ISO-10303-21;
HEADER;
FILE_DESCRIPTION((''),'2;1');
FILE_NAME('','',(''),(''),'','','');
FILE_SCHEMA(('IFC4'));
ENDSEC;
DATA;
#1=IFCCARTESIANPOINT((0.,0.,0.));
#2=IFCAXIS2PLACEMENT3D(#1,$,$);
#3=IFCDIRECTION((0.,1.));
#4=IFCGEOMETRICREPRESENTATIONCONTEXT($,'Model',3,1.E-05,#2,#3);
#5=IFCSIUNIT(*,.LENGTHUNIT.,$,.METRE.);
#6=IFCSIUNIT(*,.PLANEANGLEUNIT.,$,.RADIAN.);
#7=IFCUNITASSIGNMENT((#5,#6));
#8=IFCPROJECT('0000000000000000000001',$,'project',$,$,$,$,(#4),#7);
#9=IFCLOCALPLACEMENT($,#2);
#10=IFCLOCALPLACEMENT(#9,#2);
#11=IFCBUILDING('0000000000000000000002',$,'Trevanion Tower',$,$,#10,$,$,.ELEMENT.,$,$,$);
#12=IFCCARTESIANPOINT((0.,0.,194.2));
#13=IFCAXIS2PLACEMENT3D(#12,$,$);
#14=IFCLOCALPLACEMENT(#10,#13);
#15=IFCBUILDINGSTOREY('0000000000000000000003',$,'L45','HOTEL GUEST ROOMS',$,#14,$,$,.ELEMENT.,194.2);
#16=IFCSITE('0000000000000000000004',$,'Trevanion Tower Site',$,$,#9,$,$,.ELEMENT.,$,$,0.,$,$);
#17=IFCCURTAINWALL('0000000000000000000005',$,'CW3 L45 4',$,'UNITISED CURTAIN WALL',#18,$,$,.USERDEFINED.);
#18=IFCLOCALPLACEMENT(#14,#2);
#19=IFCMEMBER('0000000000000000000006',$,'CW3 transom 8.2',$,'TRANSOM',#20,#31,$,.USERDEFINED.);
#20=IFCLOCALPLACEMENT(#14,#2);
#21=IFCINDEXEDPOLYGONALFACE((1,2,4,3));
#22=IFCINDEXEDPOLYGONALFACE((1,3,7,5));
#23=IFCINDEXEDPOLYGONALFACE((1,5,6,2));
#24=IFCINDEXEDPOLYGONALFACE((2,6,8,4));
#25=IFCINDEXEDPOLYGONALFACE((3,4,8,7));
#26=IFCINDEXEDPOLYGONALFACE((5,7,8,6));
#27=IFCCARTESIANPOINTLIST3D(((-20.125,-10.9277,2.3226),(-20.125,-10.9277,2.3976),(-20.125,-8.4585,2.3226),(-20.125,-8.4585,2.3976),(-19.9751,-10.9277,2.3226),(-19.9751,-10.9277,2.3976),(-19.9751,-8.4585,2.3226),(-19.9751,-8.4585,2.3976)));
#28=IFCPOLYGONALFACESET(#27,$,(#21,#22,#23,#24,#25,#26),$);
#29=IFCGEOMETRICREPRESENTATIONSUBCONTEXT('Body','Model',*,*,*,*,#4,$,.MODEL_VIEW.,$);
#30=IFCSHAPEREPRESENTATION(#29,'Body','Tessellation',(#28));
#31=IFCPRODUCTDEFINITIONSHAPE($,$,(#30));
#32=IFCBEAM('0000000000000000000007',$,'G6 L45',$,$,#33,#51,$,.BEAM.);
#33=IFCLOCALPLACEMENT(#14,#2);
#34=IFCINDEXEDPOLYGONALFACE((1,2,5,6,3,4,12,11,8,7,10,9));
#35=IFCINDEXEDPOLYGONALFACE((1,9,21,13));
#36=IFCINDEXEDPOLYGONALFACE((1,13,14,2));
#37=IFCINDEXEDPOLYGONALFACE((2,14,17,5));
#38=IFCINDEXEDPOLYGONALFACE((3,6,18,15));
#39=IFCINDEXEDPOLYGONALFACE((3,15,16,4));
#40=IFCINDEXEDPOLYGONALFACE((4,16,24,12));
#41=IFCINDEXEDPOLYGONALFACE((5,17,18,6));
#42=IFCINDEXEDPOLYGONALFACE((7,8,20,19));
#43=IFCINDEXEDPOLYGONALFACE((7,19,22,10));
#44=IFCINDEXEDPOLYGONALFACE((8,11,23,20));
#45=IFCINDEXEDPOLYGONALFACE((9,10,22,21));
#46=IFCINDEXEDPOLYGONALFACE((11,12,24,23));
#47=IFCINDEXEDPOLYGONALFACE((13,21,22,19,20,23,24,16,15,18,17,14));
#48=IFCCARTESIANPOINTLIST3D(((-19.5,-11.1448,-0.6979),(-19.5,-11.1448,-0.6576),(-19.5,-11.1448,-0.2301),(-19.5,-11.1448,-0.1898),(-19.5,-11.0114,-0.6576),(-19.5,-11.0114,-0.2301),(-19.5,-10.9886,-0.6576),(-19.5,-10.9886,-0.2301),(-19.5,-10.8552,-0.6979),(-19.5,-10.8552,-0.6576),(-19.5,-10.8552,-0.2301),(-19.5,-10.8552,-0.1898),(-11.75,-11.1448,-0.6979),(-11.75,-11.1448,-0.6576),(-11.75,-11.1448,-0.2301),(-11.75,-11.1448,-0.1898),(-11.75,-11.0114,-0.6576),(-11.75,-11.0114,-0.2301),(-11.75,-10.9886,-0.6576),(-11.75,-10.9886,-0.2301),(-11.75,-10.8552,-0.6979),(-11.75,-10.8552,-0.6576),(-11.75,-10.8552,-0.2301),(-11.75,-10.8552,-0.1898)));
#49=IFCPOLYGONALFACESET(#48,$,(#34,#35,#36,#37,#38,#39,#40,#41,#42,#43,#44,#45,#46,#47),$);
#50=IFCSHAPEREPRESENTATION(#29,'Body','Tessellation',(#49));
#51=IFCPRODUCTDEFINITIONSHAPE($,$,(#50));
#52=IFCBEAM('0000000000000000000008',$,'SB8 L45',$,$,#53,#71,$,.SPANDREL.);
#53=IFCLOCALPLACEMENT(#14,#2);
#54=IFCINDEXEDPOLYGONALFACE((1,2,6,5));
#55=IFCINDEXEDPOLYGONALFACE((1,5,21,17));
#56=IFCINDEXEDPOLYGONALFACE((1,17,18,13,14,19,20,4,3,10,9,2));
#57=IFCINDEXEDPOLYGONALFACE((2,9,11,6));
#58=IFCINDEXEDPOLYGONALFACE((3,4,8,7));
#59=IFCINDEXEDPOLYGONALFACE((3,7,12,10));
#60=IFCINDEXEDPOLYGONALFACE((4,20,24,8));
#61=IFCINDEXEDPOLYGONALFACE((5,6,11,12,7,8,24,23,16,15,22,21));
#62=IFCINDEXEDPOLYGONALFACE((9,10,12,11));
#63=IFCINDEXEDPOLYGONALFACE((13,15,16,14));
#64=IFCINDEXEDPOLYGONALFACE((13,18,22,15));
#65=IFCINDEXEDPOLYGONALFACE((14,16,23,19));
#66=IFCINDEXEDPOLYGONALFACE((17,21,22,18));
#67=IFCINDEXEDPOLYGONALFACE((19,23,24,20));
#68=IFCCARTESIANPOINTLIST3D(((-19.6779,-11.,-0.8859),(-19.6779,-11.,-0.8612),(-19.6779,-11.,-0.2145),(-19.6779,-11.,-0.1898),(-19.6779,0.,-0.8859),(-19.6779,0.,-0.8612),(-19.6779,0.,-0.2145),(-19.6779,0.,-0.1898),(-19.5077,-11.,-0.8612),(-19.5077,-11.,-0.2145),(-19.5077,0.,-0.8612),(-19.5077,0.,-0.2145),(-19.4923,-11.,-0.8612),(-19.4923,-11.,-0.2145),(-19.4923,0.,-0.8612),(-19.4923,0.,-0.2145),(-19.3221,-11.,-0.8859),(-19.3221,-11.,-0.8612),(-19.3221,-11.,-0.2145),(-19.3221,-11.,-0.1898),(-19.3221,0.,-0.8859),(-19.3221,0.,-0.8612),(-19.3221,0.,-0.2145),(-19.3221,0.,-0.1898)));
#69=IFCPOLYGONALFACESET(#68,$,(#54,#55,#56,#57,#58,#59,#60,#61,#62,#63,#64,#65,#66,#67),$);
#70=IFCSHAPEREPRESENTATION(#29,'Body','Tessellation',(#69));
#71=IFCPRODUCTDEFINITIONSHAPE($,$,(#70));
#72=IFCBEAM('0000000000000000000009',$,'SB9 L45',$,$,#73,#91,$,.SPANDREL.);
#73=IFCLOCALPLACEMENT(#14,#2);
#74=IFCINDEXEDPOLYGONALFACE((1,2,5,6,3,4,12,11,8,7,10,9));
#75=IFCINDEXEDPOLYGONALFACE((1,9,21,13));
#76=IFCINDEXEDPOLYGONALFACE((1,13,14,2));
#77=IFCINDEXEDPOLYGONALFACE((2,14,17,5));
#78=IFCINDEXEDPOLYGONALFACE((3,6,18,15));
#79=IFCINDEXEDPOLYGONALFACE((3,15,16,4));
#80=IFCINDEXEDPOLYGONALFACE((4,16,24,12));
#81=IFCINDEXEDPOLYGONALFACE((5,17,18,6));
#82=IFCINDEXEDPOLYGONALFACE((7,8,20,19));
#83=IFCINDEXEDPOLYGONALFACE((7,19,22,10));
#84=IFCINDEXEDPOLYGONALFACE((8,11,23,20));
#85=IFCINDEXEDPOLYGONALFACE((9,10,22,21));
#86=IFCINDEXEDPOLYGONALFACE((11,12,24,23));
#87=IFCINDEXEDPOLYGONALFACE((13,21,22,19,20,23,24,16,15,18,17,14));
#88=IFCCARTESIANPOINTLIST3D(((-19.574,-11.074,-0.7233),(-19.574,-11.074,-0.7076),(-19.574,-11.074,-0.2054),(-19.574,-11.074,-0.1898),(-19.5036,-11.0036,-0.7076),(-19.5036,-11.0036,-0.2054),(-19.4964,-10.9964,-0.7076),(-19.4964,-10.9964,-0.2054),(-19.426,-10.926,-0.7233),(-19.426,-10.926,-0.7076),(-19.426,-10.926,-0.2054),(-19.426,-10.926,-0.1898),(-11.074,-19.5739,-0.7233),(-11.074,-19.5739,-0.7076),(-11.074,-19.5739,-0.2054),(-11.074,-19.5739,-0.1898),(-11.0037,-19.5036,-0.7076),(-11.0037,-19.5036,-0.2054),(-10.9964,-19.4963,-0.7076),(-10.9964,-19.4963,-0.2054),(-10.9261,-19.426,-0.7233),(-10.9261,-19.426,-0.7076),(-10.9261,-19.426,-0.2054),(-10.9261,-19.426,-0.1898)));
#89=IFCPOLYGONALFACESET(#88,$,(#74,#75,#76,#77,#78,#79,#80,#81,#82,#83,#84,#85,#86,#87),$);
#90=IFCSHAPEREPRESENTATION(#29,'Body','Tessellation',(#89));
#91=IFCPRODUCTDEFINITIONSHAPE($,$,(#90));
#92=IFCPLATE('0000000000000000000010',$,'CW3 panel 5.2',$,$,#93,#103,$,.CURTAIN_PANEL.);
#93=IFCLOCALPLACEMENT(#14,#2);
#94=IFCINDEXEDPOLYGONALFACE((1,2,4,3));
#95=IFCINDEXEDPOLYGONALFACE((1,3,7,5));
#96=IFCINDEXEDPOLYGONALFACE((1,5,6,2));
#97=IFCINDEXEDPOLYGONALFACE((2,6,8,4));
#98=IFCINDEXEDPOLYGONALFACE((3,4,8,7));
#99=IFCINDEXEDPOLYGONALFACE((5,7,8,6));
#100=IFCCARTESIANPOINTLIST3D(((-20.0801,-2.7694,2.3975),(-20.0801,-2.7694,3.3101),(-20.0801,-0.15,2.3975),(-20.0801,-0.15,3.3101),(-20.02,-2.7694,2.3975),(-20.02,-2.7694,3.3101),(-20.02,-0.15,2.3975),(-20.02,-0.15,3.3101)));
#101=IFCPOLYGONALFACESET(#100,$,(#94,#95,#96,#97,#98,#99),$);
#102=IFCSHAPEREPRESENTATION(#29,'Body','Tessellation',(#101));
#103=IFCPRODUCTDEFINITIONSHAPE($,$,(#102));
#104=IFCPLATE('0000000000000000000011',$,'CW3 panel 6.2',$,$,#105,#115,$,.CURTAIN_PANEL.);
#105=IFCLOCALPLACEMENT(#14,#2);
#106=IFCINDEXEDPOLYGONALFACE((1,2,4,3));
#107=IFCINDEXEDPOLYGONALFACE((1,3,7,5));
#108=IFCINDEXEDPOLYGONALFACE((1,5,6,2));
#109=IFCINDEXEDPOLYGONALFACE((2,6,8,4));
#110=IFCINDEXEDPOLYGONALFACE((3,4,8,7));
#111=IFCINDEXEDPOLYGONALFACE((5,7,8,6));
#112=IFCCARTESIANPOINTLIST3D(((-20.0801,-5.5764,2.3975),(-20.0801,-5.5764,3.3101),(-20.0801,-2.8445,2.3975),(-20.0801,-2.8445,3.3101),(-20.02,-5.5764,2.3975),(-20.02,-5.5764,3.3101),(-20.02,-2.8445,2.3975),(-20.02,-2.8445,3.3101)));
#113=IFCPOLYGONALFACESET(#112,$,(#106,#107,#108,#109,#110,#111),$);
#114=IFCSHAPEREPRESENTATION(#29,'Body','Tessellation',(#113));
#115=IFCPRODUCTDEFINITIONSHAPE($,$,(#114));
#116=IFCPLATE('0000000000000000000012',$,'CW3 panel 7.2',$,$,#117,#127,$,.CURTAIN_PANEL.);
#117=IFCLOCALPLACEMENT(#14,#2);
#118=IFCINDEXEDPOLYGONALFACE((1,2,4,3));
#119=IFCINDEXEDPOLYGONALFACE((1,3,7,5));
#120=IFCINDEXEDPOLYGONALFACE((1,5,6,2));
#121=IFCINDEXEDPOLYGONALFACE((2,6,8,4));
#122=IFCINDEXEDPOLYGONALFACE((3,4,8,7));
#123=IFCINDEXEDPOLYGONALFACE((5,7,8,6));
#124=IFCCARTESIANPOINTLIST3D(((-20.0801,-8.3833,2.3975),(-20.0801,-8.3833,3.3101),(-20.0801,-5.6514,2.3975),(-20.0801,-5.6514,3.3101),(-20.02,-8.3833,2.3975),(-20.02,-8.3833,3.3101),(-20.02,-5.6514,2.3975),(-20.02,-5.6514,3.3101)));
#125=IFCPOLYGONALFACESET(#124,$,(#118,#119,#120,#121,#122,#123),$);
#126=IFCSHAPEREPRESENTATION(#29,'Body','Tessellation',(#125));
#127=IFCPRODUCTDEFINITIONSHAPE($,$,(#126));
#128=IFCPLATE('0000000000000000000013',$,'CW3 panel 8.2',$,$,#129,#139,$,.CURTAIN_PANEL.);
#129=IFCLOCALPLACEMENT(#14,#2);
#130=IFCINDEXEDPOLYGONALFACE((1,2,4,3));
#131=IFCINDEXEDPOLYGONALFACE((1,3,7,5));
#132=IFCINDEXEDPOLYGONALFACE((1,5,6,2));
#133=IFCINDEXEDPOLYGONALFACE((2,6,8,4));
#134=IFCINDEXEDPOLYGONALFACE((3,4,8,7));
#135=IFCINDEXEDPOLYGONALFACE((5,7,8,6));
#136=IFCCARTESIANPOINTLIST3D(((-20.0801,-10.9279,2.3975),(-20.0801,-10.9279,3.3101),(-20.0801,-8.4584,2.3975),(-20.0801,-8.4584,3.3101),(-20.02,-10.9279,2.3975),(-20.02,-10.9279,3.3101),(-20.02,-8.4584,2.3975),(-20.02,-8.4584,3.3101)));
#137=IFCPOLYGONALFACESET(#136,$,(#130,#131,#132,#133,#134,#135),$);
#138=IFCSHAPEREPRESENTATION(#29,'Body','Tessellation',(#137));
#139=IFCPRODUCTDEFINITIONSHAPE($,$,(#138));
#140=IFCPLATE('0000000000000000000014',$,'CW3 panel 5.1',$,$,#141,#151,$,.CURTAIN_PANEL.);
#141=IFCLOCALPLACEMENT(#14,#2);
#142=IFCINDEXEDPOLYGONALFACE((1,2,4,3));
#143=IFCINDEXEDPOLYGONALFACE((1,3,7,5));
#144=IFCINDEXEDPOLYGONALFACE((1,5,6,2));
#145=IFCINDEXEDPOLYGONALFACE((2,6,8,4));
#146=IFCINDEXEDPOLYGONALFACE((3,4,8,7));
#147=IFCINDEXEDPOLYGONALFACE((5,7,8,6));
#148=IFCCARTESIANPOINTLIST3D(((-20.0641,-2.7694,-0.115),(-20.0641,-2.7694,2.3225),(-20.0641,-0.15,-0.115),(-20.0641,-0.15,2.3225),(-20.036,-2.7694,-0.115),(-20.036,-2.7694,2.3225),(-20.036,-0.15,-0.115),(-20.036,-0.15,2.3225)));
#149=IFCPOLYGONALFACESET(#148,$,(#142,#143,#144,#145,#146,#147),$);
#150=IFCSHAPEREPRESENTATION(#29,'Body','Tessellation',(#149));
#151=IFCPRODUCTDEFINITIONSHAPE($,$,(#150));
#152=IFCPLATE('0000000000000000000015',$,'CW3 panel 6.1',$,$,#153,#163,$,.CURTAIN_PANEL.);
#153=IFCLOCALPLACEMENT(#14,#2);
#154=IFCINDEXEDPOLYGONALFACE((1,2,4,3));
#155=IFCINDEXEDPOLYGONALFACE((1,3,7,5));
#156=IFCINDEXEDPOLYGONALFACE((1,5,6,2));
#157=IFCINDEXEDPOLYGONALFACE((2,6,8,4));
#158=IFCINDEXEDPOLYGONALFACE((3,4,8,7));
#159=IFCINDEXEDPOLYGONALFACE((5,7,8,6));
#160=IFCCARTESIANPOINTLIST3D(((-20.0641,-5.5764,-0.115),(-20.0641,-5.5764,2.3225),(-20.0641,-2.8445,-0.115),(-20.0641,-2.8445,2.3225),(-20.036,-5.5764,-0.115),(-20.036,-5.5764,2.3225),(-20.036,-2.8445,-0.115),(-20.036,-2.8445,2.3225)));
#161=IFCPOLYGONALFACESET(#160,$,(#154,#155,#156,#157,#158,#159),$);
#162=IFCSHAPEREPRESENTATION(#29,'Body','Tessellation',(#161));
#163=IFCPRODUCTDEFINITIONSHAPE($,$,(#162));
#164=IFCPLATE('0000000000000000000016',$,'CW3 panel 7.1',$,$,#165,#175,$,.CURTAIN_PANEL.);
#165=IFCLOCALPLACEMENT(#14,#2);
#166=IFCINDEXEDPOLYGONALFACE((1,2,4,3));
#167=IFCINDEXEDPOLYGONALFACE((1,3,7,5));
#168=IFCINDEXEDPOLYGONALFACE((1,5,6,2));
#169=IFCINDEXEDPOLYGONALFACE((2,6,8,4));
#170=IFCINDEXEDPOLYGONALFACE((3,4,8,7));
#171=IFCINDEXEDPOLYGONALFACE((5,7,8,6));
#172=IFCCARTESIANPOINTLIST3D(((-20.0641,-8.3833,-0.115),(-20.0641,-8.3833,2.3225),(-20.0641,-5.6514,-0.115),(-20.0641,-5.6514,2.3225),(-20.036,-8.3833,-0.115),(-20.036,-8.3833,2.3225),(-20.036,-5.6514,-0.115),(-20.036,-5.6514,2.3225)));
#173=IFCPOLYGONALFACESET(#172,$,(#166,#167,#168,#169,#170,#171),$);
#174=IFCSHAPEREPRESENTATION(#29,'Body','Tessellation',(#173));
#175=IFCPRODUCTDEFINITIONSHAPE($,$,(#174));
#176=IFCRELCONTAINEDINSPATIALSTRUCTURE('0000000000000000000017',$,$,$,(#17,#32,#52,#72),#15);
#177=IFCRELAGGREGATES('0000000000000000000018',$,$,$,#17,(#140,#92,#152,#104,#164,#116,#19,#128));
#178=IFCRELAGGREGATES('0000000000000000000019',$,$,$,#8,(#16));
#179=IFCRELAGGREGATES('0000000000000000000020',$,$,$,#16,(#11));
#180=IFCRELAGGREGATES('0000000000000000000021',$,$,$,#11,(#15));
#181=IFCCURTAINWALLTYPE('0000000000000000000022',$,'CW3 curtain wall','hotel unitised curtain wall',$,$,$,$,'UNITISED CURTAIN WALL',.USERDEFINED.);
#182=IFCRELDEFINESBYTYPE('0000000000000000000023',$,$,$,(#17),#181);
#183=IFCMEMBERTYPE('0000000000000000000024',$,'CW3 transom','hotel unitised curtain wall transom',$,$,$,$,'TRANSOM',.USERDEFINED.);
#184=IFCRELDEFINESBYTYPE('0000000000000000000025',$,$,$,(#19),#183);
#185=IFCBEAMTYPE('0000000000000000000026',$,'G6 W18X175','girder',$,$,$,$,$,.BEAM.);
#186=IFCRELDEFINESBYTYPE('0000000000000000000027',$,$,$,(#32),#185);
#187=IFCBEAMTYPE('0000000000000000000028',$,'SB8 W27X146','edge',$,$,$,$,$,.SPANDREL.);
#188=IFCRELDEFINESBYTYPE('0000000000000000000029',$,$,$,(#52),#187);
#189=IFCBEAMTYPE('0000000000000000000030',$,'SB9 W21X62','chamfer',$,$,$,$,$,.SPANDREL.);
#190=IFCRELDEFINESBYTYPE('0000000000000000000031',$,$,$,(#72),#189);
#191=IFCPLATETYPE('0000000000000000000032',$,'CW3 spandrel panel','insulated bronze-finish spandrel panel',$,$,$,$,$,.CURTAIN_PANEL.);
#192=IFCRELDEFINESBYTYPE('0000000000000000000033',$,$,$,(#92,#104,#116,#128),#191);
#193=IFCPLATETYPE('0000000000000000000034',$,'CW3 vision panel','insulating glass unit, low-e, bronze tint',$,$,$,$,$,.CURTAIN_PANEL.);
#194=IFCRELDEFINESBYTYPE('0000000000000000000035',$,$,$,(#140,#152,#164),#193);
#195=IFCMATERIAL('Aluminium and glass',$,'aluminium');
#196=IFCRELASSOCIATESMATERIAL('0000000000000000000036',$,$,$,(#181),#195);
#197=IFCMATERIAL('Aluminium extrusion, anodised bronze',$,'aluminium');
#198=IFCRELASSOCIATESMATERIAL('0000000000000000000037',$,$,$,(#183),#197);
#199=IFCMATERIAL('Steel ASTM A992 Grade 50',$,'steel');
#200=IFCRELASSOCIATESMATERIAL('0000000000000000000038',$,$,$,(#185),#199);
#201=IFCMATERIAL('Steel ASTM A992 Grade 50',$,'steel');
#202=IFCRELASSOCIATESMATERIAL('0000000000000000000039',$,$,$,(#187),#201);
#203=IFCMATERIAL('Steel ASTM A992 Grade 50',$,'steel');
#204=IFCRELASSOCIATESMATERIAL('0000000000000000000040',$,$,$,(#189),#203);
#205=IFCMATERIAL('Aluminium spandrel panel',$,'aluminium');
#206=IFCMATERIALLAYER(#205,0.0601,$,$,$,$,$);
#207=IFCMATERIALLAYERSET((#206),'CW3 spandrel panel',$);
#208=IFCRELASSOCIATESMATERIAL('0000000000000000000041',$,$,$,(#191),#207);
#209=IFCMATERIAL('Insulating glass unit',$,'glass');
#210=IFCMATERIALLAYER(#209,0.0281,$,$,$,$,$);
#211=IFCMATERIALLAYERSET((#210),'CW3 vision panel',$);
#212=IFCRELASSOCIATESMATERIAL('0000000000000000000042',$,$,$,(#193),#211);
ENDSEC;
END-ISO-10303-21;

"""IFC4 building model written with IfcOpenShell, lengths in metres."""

from ifc_helpers import new_model, si_unit, direction, frame, origin, origin_2d, place, context, subcontext, project, spatial, rectangle, i_section, extrude, material, layer, layer_set, material_profile, profile_set, type_object, element, aggregate, save


model = new_model("IFC4")

# Units and contexts
model_context = context("Model", 3, precision=1e-05, world=origin(), true_north=direction((0.0, 1.0)))
body_context = subcontext(model_context, "Body", "Model", "MODEL_VIEW")
ifc_project = project(units=[si_unit("LENGTHUNIT", "METRE"), si_unit("PLANEANGLEUNIT", "RADIAN")], contexts=[model_context])

# Site, building, storey
site_placement = place(None, origin())
site = spatial("IfcSite", under=ifc_project, at=site_placement, Name="Trevanion Tower Site", CompositionType="ELEMENT", RefElevation=0.0)
building_placement = place(site_placement, origin())
building = spatial("IfcBuilding", under=site, at=building_placement, Name="Trevanion Tower", CompositionType="ELEMENT")
storey_placement = place(building_placement, frame((0.0, 0.0, 194.2)))
storey = spatial("IfcBuildingStorey", under=building, at=storey_placement, Name="L45", Description="HOTEL GUEST ROOMS", CompositionType="ELEMENT", Elevation=194.2)

# Curtain wall, member
ifc_material_1 = material(Name="Aluminium and glass", Category="aluminium")
curtain_wall_type = type_object("IfcCurtainWallType", Name="CW3 curtain wall", Description="hotel unitised curtain wall", ElementType="UNITISED CURTAIN WALL", PredefinedType="USERDEFINED", material=ifc_material_1)
curtain_wall_placement = place(storey_placement, origin())
curtain_wall = element("IfcCurtainWall", 1, at=curtain_wall_placement, inside=storey, type_object=curtain_wall_type, Name="CW3 L45 4", ObjectType="UNITISED CURTAIN WALL", PredefinedType="USERDEFINED")
ifc_material_2 = material(Name="Aluminium extrusion, anodised bronze", Category="aluminium")
ifc_material_profile_1 = material_profile(ifc_material_2, rectangle(XDim=0.1499, YDim=0.075, at=origin_2d()), Name="CW3 transom")
ifc_profile_set_1 = profile_set([ifc_material_profile_1], Name="Aluminium extrusion, anodised bronze")
member_type_1 = type_object("IfcMemberType", Name="CW3 transom", Description="hotel unitised curtain wall transom", ElementType="TRANSOM", PredefinedType="USERDEFINED", material=ifc_profile_set_1)
member_1_placement = place(storey_placement, frame((-20.05, -8.4585, 2.3601), z_axis=(0.0, -1.0, 0.0), x_axis=(1.0, 0.0, 0.0)))
member_1 = element("IfcMember", 2, at=member_1_placement, type_object=member_type_1, Name="CW3 transom 8.2", ObjectType="TRANSOM", PredefinedType="USERDEFINED", context=body_context, shape_type="SweptSolid", body=[
    extrude(rectangle(XDim=0.1499, YDim=0.075, at=origin_2d()), origin(), (0.0, 0.0, 1.0), 2.4692),
])

# Beams
ifc_material_3 = material(Name="Steel ASTM A992 Grade 50", Category="steel")
ifc_material_profile_2 = material_profile(ifc_material_3, i_section(OverallWidth=0.2896, OverallDepth=0.5081, WebThickness=0.0227, FlangeThickness=0.0403, at=origin_2d()), Name="W18X175")
ifc_profile_set_2 = profile_set([ifc_material_profile_2], Name="Steel ASTM A992 Grade 50")
beam_type_1 = type_object("IfcBeamType", Name="G6 W18X175", Description="girder", PredefinedType="BEAM", material=ifc_profile_set_2)
beam_1_placement = place(storey_placement, frame((-11.75, -11.0, -0.4438), z_axis=(-1.0, 0.0, 0.0), x_axis=(0.0, -1.0, 0.0)))
element("IfcBeam", 3, at=beam_1_placement, inside=storey, type_object=beam_type_1, Name="G6 L45", PredefinedType="BEAM", context=body_context, shape_type="SweptSolid", body=[
    extrude(i_section(OverallWidth=0.2896, OverallDepth=0.5081, WebThickness=0.0227, FlangeThickness=0.0403, at=origin_2d()), origin(), (0.0, 0.0, 1.0), 7.75),
])
ifc_material_4 = material(Name="Steel ASTM A992 Grade 50", Category="steel")
ifc_material_profile_3 = material_profile(ifc_material_4, i_section(OverallWidth=0.3557, OverallDepth=0.696, WebThickness=0.0154, FlangeThickness=0.0247, at=origin_2d()), Name="W27X146")
ifc_profile_set_3 = profile_set([ifc_material_profile_3], Name="Steel ASTM A992 Grade 50")
beam_type_2 = type_object("IfcBeamType", Name="SB8 W27X146", Description="edge", PredefinedType="SPANDREL", material=ifc_profile_set_3)
beam_2_placement = place(storey_placement, frame((-19.5, 0.0, -0.5378), z_axis=(0.0, -1.0, 0.0), x_axis=(1.0, 0.0, 0.0)))
element("IfcBeam", 4, at=beam_2_placement, inside=storey, type_object=beam_type_2, Name="SB8 L45", PredefinedType="SPANDREL", context=body_context, shape_type="SweptSolid", body=[
    extrude(i_section(OverallWidth=0.3557, OverallDepth=0.696, WebThickness=0.0154, FlangeThickness=0.0247, at=origin_2d()), origin(), (0.0, 0.0, 1.0), 11.0),
])
ifc_material_5 = material(Name="Steel ASTM A992 Grade 50", Category="steel")
ifc_material_profile_4 = material_profile(ifc_material_5, i_section(OverallWidth=0.2092, OverallDepth=0.5334, WebThickness=0.0103, FlangeThickness=0.0156, at=origin_2d()), Name="W21X62")
ifc_profile_set_4 = profile_set([ifc_material_profile_4], Name="Steel ASTM A992 Grade 50")
beam_type_3 = type_object("IfcBeamType", Name="SB9 W21X62", Description="chamfer", PredefinedType="SPANDREL", material=ifc_profile_set_4)
beam_3_placement = place(storey_placement, frame((-19.5, -11.0, -0.4565), z_axis=(0.707107, -0.707107, 0.0), x_axis=(0.707107, 0.707107, 0.0)))
element("IfcBeam", 5, at=beam_3_placement, inside=storey, type_object=beam_type_3, Name="SB9 L45", PredefinedType="SPANDREL", context=body_context, shape_type="SweptSolid", body=[
    extrude(i_section(OverallWidth=0.2092, OverallDepth=0.5334, WebThickness=0.0103, FlangeThickness=0.0156, at=origin_2d()), origin(), (0.0, 0.0, 1.0), 12.0208),
])

# Plates
ifc_material_6 = material(Name="Aluminium spandrel panel", Category="aluminium")
ifc_layer_1 = layer(ifc_material_6, 0.0601)
ifc_layer_set_1 = layer_set([ifc_layer_1], Name="CW3 spandrel panel")
plate_type_1 = type_object("IfcPlateType", Name="CW3 spandrel panel", Description="insulated bronze-finish spandrel panel", PredefinedType="CURTAIN_PANEL", material=ifc_layer_set_1)
plate_1_placement = place(storey_placement, frame((-20.05, -1.4597, 2.3975), z_axis=(0.0, 0.0, 1.0), x_axis=(0.0, -1.0, 0.0)))
plate_1 = element("IfcPlate", 6, at=plate_1_placement, type_object=plate_type_1, Name="CW3 panel 5.2", PredefinedType="CURTAIN_PANEL", context=body_context, shape_type="SweptSolid", body=[
    extrude(rectangle(XDim=2.6194, YDim=0.0601, at=origin_2d()), origin(), (0.0, 0.0, 1.0), 0.9126),
])
plate_2_placement = place(storey_placement, frame((-20.05, -4.2104, 2.3975), z_axis=(0.0, 0.0, 1.0), x_axis=(0.0, -1.0, 0.0)))
plate_2 = element("IfcPlate", 7, at=plate_2_placement, type_object=plate_type_1, Name="CW3 panel 6.2", PredefinedType="CURTAIN_PANEL", context=body_context, shape_type="SweptSolid", body=[
    extrude(rectangle(XDim=2.7319, YDim=0.0601, at=origin_2d()), origin(), (0.0, 0.0, 1.0), 0.9126),
])
plate_3_placement = place(storey_placement, frame((-20.05, -7.0173, 2.3975), z_axis=(0.0, 0.0, 1.0), x_axis=(0.0, -1.0, 0.0)))
plate_3 = element("IfcPlate", 8, at=plate_3_placement, type_object=plate_type_1, Name="CW3 panel 7.2", PredefinedType="CURTAIN_PANEL", context=body_context, shape_type="SweptSolid", body=[
    extrude(rectangle(XDim=2.7319, YDim=0.0601, at=origin_2d()), origin(), (0.0, 0.0, 1.0), 0.9126),
])
plate_4_placement = place(storey_placement, frame((-20.05, -9.6931, 2.3975), z_axis=(0.0, 0.0, 1.0), x_axis=(0.0, -1.0, 0.0)))
plate_4 = element("IfcPlate", 9, at=plate_4_placement, type_object=plate_type_1, Name="CW3 panel 8.2", PredefinedType="CURTAIN_PANEL", context=body_context, shape_type="SweptSolid", body=[
    extrude(rectangle(XDim=2.4695, YDim=0.0601, at=origin_2d()), origin(), (0.0, 0.0, 1.0), 0.9126),
])
ifc_material_7 = material(Name="Insulating glass unit", Category="glass")
ifc_layer_2 = layer(ifc_material_7, 0.0281)
ifc_layer_set_2 = layer_set([ifc_layer_2], Name="CW3 vision panel")
plate_type_2 = type_object("IfcPlateType", Name="CW3 vision panel", Description="insulating glass unit, low-e, bronze tint", PredefinedType="CURTAIN_PANEL", material=ifc_layer_set_2)
plate_5_placement = place(storey_placement, frame((-20.05, -1.4597, -0.115), z_axis=(0.0, 0.0, 1.0), x_axis=(0.0, -1.0, 0.0)))
plate_5 = element("IfcPlate", 10, at=plate_5_placement, type_object=plate_type_2, Name="CW3 panel 5.1", PredefinedType="CURTAIN_PANEL", context=body_context, shape_type="SweptSolid", body=[
    extrude(rectangle(XDim=2.6194, YDim=0.0281, at=origin_2d()), origin(), (0.0, 0.0, 1.0), 2.4375),
])
plate_6_placement = place(storey_placement, frame((-20.05, -4.2104, -0.115), z_axis=(0.0, 0.0, 1.0), x_axis=(0.0, -1.0, 0.0)))
plate_6 = element("IfcPlate", 11, at=plate_6_placement, type_object=plate_type_2, Name="CW3 panel 6.1", PredefinedType="CURTAIN_PANEL", context=body_context, shape_type="SweptSolid", body=[
    extrude(rectangle(XDim=2.7319, YDim=0.0281, at=origin_2d()), origin(), (0.0, 0.0, 1.0), 2.4375),
])
plate_7_placement = place(storey_placement, frame((-20.05, -7.0173, -0.115), z_axis=(0.0, 0.0, 1.0), x_axis=(0.0, -1.0, 0.0)))
plate_7 = element("IfcPlate", 12, at=plate_7_placement, type_object=plate_type_2, Name="CW3 panel 7.1", PredefinedType="CURTAIN_PANEL", context=body_context, shape_type="SweptSolid", body=[
    extrude(rectangle(XDim=2.7319, YDim=0.0281, at=origin_2d()), origin(), (0.0, 0.0, 1.0), 2.4375),
])
aggregate(curtain_wall, [plate_5, plate_1, plate_6, plate_2, plate_7, plate_3, member_1, plate_4])

save(model, "model.ifc")
